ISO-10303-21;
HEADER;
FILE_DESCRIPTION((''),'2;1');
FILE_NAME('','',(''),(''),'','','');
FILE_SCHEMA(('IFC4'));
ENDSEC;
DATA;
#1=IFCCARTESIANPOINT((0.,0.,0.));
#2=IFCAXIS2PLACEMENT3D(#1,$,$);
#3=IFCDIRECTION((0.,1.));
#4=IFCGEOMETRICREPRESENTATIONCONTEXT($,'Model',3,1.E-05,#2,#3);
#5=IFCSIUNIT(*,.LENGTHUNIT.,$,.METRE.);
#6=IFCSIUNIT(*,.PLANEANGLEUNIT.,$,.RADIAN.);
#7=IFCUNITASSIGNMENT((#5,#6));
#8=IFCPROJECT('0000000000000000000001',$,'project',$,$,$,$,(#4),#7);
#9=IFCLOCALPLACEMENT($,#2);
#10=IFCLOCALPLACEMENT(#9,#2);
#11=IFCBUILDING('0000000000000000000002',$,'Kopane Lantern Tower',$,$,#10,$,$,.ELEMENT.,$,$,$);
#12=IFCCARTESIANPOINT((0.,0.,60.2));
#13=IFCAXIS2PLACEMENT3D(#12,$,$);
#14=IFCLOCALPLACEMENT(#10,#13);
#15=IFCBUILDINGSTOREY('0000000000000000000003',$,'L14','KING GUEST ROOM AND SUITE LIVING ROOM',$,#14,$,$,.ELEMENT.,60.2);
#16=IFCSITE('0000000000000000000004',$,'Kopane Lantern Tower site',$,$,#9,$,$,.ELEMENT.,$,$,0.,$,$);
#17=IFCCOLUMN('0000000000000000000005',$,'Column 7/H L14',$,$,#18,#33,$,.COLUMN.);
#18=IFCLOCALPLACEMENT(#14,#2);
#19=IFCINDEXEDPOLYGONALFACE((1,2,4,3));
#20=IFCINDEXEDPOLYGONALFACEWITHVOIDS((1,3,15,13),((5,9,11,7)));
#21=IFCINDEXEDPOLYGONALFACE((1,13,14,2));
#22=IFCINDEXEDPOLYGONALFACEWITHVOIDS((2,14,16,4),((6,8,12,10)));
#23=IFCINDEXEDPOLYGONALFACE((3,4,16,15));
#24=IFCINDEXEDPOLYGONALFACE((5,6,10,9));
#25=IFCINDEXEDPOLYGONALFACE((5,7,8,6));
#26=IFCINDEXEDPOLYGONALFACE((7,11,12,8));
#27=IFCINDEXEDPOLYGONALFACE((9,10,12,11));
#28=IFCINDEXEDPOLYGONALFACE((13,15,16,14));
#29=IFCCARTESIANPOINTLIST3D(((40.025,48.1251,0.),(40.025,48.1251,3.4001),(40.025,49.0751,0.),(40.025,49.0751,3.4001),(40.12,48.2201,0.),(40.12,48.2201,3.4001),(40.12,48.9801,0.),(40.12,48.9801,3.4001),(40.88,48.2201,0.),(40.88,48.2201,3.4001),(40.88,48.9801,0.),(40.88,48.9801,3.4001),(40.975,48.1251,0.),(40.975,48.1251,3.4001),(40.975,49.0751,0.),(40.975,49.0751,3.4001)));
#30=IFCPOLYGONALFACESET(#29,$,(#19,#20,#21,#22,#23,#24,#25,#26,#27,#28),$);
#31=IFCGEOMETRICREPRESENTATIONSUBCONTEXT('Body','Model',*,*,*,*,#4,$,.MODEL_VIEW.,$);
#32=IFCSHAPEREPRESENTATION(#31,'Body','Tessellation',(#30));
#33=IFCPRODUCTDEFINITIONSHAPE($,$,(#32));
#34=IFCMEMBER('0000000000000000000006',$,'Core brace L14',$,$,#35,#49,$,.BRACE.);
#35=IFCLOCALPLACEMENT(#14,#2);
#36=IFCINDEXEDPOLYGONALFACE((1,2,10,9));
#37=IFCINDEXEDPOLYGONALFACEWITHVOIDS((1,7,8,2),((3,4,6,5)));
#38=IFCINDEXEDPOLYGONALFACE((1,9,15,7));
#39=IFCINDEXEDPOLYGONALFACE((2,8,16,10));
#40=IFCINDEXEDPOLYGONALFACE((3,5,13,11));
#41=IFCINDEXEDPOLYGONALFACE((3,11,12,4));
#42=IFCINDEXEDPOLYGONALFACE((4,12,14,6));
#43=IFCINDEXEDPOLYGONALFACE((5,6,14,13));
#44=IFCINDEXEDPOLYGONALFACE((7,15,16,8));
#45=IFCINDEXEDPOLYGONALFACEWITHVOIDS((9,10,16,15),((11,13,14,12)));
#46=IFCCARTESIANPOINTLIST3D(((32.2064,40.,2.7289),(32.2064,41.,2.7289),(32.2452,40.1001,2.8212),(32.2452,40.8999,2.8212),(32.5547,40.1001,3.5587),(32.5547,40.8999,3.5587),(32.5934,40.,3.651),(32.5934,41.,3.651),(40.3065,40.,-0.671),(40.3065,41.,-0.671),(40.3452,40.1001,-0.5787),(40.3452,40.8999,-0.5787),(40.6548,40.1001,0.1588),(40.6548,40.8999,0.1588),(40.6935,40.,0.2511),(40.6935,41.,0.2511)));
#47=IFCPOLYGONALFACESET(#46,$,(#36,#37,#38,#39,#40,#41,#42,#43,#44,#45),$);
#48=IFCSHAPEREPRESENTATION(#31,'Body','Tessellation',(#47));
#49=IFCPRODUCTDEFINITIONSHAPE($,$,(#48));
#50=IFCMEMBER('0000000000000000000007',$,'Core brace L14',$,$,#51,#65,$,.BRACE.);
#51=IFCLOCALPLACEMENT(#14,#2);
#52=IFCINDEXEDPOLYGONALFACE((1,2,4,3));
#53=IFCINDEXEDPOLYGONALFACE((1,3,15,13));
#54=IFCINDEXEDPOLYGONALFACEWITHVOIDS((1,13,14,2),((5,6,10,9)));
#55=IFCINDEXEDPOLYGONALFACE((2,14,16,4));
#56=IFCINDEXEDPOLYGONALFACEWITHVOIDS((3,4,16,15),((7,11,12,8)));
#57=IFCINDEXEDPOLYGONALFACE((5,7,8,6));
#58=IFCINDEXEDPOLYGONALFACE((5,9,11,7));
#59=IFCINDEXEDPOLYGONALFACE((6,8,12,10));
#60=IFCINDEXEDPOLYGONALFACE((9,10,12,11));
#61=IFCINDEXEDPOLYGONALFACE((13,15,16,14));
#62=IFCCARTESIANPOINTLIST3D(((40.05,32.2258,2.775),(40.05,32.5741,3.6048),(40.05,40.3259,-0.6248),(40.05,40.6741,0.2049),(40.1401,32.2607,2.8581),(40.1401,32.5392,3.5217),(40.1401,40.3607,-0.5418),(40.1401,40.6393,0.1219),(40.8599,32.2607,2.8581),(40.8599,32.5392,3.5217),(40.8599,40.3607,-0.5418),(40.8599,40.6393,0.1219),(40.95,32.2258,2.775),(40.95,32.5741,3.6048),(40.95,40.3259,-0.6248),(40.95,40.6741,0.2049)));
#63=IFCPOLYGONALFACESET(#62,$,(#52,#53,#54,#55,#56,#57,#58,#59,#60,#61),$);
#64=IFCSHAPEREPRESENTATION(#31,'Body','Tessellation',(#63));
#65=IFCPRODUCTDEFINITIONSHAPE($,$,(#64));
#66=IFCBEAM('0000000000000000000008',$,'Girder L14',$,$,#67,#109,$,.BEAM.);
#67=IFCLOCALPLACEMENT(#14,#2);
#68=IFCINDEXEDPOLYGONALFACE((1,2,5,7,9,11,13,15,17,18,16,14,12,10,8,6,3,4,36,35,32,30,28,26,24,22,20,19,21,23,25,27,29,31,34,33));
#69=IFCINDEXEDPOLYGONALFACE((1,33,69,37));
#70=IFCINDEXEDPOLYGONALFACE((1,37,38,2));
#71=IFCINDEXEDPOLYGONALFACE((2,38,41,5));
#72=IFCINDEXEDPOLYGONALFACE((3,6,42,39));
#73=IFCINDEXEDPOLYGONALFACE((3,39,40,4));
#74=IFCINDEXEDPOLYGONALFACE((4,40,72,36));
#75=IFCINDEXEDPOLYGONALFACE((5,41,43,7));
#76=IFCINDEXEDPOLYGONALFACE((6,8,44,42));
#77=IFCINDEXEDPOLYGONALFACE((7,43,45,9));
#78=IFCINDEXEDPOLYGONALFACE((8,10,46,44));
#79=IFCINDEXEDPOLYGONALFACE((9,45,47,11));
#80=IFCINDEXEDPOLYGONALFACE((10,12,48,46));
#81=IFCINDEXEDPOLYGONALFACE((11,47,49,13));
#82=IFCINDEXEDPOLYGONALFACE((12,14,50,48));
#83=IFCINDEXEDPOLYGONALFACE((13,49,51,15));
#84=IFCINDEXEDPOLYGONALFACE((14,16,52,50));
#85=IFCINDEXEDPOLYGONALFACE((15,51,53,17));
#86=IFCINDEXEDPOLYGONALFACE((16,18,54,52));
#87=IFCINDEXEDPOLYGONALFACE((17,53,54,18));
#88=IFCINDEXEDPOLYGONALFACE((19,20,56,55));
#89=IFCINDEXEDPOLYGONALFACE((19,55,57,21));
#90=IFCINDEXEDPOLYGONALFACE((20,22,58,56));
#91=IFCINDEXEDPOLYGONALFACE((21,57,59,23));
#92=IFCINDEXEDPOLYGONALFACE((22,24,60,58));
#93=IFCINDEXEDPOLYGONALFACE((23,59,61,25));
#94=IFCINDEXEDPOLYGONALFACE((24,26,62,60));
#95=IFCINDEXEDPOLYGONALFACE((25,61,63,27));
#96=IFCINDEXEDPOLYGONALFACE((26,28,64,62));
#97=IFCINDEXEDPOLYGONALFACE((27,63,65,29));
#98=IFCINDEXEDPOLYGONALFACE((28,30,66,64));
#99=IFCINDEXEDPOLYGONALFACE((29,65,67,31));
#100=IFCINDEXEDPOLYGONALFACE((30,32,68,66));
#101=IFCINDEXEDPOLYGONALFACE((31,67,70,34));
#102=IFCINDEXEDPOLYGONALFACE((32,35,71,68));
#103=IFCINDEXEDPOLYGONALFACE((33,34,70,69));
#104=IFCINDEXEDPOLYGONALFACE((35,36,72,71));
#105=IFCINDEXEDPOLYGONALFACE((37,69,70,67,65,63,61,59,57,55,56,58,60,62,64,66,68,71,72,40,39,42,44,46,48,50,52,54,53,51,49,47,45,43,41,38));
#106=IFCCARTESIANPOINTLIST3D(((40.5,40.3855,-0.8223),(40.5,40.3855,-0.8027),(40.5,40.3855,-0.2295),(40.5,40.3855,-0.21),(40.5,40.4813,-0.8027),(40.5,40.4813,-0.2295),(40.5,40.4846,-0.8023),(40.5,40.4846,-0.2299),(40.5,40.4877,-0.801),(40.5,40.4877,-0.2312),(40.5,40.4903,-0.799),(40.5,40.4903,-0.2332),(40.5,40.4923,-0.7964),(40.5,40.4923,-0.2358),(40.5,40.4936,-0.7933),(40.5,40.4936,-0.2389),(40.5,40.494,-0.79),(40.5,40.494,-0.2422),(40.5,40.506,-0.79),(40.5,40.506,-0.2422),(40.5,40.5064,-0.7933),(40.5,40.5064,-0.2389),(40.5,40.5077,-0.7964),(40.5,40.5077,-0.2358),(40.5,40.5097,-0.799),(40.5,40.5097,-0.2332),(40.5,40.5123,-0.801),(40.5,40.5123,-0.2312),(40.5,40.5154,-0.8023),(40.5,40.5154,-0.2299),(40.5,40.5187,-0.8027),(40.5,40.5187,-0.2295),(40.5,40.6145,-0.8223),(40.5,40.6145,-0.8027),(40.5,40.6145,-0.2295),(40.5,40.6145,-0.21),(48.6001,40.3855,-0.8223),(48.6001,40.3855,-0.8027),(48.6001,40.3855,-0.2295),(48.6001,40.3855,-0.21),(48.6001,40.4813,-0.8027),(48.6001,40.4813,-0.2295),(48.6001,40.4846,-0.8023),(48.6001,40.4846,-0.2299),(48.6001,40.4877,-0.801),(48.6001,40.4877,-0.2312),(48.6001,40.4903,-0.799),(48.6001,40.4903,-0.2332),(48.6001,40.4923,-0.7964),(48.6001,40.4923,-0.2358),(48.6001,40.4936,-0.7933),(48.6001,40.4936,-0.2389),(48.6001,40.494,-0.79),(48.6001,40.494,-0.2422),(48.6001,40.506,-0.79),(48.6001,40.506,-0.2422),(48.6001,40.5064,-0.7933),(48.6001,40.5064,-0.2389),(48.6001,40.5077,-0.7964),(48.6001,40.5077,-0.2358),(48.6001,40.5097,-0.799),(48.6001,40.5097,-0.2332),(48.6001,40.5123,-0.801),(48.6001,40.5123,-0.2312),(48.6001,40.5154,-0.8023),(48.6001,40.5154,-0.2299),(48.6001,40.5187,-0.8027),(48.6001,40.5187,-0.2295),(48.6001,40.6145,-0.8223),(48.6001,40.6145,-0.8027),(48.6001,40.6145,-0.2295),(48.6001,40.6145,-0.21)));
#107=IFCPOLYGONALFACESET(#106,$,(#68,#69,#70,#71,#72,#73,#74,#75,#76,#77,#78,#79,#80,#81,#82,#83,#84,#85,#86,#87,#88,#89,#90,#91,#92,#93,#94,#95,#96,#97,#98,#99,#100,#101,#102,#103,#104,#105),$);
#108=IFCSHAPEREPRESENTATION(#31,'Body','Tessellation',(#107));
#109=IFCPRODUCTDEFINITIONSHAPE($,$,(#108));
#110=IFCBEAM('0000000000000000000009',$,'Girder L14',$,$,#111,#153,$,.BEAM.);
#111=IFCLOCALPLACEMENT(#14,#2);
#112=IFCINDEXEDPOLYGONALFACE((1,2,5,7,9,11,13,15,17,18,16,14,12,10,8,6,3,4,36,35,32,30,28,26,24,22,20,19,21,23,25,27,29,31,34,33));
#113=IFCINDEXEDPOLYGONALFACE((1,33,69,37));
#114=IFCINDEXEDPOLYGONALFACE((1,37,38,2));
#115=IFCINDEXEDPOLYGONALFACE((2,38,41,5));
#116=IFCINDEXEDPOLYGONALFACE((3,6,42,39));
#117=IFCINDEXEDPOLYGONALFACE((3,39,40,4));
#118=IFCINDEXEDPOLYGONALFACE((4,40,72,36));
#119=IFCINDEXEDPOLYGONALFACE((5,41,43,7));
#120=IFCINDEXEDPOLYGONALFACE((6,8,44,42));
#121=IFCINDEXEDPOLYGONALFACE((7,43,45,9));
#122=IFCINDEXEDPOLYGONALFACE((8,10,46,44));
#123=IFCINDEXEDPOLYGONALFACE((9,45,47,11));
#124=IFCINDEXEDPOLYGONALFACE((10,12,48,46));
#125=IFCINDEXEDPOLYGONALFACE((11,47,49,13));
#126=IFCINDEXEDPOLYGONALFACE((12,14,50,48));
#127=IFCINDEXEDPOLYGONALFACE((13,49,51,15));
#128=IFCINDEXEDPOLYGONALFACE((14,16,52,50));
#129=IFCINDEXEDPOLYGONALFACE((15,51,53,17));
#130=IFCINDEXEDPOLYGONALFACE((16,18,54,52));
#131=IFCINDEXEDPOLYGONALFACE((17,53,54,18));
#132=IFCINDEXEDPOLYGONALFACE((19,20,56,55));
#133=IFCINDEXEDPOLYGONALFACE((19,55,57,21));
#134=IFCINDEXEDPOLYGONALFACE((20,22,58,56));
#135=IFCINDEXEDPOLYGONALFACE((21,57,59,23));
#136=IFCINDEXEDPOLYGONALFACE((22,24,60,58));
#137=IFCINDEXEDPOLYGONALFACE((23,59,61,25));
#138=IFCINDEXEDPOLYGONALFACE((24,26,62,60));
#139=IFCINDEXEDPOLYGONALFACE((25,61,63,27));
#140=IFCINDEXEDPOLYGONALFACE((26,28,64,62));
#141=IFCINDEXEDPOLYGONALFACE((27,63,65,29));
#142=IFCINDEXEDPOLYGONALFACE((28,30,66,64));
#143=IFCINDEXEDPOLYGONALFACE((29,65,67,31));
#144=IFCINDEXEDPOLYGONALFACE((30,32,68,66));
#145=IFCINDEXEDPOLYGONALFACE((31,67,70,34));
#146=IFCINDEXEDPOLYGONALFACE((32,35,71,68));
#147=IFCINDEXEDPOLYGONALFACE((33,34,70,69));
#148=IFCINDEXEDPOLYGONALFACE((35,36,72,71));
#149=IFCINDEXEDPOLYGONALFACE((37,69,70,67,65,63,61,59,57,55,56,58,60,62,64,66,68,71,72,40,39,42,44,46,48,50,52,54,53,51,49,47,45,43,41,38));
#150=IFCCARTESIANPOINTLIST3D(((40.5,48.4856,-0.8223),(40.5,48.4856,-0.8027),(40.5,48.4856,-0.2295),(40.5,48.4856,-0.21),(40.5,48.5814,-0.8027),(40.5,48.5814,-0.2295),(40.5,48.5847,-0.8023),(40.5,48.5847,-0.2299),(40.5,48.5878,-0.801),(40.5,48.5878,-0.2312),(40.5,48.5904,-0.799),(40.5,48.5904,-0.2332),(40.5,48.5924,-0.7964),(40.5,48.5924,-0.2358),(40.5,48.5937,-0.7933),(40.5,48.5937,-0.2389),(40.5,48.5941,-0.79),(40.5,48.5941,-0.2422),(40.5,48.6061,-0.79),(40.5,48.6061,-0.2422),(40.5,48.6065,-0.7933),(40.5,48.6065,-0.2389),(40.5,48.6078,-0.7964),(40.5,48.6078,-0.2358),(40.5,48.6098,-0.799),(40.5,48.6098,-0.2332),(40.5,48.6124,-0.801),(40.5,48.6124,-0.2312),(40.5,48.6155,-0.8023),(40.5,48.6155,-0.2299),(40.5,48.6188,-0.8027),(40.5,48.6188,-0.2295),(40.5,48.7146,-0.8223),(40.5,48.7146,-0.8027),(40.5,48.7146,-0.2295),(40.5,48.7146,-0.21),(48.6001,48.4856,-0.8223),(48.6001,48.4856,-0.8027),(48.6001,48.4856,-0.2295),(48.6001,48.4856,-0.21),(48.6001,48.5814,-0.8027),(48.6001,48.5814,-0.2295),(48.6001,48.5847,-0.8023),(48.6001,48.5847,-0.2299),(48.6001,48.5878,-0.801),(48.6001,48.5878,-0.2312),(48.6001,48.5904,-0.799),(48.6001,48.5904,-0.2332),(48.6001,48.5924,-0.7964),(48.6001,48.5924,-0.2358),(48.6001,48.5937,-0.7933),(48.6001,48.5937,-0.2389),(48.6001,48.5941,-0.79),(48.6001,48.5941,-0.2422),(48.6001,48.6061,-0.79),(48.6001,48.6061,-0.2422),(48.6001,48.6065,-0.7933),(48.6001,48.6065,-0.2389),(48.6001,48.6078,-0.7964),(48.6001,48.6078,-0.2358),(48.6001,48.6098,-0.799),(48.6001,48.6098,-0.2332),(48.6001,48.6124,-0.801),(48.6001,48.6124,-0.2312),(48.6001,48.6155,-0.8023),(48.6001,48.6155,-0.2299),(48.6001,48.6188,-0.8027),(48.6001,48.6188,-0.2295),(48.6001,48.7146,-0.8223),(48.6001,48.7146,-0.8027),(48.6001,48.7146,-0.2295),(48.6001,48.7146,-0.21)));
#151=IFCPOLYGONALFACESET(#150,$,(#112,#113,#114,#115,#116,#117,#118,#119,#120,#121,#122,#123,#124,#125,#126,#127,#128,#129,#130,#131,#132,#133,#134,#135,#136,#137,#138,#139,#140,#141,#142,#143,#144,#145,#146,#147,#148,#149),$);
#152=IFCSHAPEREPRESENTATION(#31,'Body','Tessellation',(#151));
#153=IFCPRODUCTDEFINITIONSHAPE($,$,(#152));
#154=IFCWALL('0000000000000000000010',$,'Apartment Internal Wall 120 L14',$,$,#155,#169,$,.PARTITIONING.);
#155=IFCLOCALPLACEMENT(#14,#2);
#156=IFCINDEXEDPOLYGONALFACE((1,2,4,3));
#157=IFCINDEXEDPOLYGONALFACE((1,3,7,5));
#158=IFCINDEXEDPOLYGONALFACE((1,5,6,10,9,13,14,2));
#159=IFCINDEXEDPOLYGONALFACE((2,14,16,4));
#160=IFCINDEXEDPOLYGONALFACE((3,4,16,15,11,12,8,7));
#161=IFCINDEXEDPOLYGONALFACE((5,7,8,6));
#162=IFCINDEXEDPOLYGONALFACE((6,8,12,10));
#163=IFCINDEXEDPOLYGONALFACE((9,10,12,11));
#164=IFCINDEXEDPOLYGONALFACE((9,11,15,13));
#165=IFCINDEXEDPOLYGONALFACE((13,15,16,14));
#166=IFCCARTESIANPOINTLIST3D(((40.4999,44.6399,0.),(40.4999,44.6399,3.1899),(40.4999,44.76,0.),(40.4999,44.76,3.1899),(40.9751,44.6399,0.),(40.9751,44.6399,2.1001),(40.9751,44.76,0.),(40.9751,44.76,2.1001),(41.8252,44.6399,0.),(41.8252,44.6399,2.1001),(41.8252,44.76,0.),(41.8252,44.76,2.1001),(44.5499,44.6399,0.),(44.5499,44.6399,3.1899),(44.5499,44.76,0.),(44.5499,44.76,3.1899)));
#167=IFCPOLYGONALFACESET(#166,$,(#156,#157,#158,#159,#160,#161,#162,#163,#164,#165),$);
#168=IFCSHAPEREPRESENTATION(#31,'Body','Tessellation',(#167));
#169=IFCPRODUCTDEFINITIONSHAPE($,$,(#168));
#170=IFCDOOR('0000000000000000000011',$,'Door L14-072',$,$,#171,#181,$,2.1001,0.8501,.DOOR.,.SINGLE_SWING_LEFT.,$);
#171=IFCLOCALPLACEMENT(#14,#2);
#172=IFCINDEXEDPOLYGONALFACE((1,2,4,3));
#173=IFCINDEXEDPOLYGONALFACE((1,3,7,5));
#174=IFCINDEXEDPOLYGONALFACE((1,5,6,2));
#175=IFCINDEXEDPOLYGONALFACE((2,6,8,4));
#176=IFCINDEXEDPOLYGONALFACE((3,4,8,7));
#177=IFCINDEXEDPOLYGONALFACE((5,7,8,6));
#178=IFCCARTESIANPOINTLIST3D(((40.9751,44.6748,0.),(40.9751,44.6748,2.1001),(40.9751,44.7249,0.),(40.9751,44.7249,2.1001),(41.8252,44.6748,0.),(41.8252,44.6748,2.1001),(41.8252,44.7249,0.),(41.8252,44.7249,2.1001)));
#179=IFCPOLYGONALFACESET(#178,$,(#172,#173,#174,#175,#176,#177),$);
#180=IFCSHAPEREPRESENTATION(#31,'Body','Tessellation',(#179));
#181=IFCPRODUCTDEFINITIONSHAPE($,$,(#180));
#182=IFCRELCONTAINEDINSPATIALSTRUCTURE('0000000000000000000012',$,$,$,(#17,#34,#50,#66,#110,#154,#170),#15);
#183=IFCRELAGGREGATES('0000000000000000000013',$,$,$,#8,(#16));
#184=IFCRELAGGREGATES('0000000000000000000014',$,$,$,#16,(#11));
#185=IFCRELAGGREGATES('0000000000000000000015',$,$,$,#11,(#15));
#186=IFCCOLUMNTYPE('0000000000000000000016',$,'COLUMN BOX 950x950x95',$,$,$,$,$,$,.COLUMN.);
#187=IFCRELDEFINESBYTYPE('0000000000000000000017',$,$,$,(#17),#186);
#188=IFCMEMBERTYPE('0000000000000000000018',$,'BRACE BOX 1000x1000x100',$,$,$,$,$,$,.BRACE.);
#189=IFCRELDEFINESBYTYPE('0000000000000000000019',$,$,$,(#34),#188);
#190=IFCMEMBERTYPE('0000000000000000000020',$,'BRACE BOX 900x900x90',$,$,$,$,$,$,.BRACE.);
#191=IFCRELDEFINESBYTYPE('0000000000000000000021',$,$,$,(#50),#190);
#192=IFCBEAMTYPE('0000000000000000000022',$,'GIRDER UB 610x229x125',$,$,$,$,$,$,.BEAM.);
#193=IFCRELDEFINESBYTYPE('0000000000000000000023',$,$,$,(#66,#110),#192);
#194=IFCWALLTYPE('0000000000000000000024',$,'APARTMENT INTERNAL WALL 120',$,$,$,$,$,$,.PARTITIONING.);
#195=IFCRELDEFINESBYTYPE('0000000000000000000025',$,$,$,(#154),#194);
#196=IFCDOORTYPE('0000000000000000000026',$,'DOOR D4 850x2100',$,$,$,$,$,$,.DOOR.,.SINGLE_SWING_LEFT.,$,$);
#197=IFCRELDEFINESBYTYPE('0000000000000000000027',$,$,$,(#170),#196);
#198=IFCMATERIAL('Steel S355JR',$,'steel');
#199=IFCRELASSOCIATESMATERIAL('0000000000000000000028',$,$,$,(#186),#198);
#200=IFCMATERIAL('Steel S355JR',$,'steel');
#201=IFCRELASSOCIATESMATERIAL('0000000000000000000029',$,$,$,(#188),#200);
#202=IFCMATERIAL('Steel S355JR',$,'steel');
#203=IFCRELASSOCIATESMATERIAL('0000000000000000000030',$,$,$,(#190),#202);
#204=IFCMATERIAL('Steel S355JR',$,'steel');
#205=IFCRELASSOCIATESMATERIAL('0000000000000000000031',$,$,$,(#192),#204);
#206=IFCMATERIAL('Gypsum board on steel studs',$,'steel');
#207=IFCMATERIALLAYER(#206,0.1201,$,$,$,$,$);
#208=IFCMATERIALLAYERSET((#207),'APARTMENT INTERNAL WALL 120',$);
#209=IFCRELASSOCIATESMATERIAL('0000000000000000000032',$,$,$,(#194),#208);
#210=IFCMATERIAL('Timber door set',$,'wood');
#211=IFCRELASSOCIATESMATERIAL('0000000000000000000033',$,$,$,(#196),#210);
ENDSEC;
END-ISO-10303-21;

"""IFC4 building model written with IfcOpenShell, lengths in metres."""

from ifc_helpers import new_model, si_unit, direction, frame, frame_2d, origin, origin_2d, place, context, subcontext, project, spatial, rectangle, hollow_rectangle, i_section, extrude, material, layer, layer_set, material_profile, profile_set, type_object, element, fill, save


model = new_model("IFC4")

# Units and contexts
model_context = context("Model", 3, precision=1e-05, world=origin(), true_north=direction((0.0, 1.0)))
body_context = subcontext(model_context, "Body", "Model", "MODEL_VIEW")
ifc_project = project(units=[si_unit("LENGTHUNIT", "METRE"), si_unit("PLANEANGLEUNIT", "RADIAN")], contexts=[model_context])

# Site, building, storey
site_placement = place(None, origin())
site = spatial("IfcSite", under=ifc_project, at=site_placement, Name="Kopane Lantern Tower site", CompositionType="ELEMENT", RefElevation=0.0)
building_placement = place(site_placement, origin())
building = spatial("IfcBuilding", under=site, at=building_placement, Name="Kopane Lantern Tower", CompositionType="ELEMENT")
storey_placement = place(building_placement, frame((0.0, 0.0, 60.2)))
storey = spatial("IfcBuildingStorey", under=building, at=storey_placement, Name="L14", Description="KING GUEST ROOM AND SUITE LIVING ROOM", CompositionType="ELEMENT", Elevation=60.2)

# Column
ifc_material_1 = material(Name="Steel S355JR", Category="steel")
ifc_material_profile_1 = material_profile(ifc_material_1, hollow_rectangle(XDim=0.95, YDim=0.95, WallThickness=0.095, at=origin_2d()), Name="BOX 950x950x95")
ifc_profile_set_1 = profile_set([ifc_material_profile_1], Name="Steel S355JR")
column_type = type_object("IfcColumnType", Name="COLUMN BOX 950x950x95", PredefinedType="COLUMN", material=ifc_profile_set_1)
column_placement = place(storey_placement, frame((40.5, 48.6001, 0.0), z_axis=(0.0, 0.0, 1.0), x_axis=(1.0, 0.0, 0.0)))
element("IfcColumn", 1, at=column_placement, inside=storey, type_object=column_type, Name="Column 7/H L14", PredefinedType="COLUMN", context=body_context, shape_type="SweptSolid", body=[
    extrude(hollow_rectangle(XDim=0.95, YDim=0.95, WallThickness=0.095, at=origin_2d()), origin(), (0.0, 0.0, 1.0), 3.4001),
])

# Members
ifc_material_2 = material(Name="Steel S355JR", Category="steel")
ifc_material_profile_2 = material_profile(ifc_material_2, hollow_rectangle(XDim=1.0, YDim=1.0, WallThickness=0.1001, at=origin_2d()), Name="BOX 1000x1000x100")
ifc_profile_set_2 = profile_set([ifc_material_profile_2], Name="Steel S355JR")
member_type_1 = type_object("IfcMemberType", Name="BRACE BOX 1000x1000x100", PredefinedType="BRACE", material=ifc_profile_set_2)
member_1_placement = place(storey_placement, frame((40.5, 40.5, -0.21), z_axis=(-0.922069, 0.0, 0.387026), x_axis=(0.0, -1.0, 0.0)))
element("IfcMember", 2, at=member_1_placement, inside=storey, type_object=member_type_1, Name="Core brace L14", PredefinedType="BRACE", context=body_context, shape_type="SweptSolid", body=[
    extrude(hollow_rectangle(XDim=1.0, YDim=1.0, WallThickness=0.1001, at=origin_2d()), origin(), (0.0, 0.0, 1.0), 8.7847),
])
ifc_material_3 = material(Name="Steel S355JR", Category="steel")
ifc_material_profile_3 = material_profile(ifc_material_3, hollow_rectangle(XDim=0.8999, YDim=0.8999, WallThickness=0.0901, at=origin_2d()), Name="BOX 900x900x90")
ifc_profile_set_3 = profile_set([ifc_material_profile_3], Name="Steel S355JR")
member_type_2 = type_object("IfcMemberType", Name="BRACE BOX 900x900x90", PredefinedType="BRACE", material=ifc_profile_set_3)
member_2_placement = place(storey_placement, frame((40.5, 40.5, -0.21), z_axis=(0.0, -0.922069, 0.387026), x_axis=(1.0, 0.0, 0.0)))
element("IfcMember", 3, at=member_2_placement, inside=storey, type_object=member_type_2, Name="Core brace L14", PredefinedType="BRACE", context=body_context, shape_type="SweptSolid", body=[
    extrude(hollow_rectangle(XDim=0.8999, YDim=0.8999, WallThickness=0.0901, at=origin_2d()), origin(), (0.0, 0.0, 1.0), 8.7847),
])

# Beams
ifc_material_4 = material(Name="Steel S355JR", Category="steel")
ifc_material_profile_4 = material_profile(ifc_material_4, i_section(OverallWidth=0.229, OverallDepth=0.6123, WebThickness=0.012, FlangeThickness=0.0195, FilletRadius=0.0127, at=origin_2d()), Name="UB 610x229x125")
ifc_profile_set_4 = profile_set([ifc_material_profile_4], Name="Steel S355JR")
beam_type = type_object("IfcBeamType", Name="GIRDER UB 610x229x125", PredefinedType="BEAM", material=ifc_profile_set_4)
for number, where, z_axis, x_axis, name in (
    (4, (40.5, 40.5, -0.5161), (1.0, 0.0, 0.0), (0.0, 1.0, 0.0), "Girder L14"),
    (5, (40.5, 48.6001, -0.5161), (1.0, 0.0, 0.0), (0.0, 1.0, 0.0), "Girder L14"),
):
    element("IfcBeam", number, at=place(storey_placement, frame(where, z_axis=z_axis, x_axis=x_axis)), inside=storey, type_object=beam_type, Name=name, PredefinedType="BEAM", context=body_context, shape_type="SweptSolid", body=[
        extrude(i_section(OverallWidth=0.229, OverallDepth=0.6123, WebThickness=0.012, FlangeThickness=0.0195, FilletRadius=0.0127, at=origin_2d()), origin(), (0.0, 0.0, 1.0), 8.1001),
    ])

# Wall, opening, door
ifc_material_5 = material(Name="Gypsum board on steel studs", Category="steel")
ifc_layer_1 = layer(ifc_material_5, 0.1201)
ifc_layer_set_1 = layer_set([ifc_layer_1], Name="APARTMENT INTERNAL WALL 120")
wall_type_1 = type_object("IfcWallType", Name="APARTMENT INTERNAL WALL 120", PredefinedType="PARTITIONING", material=ifc_layer_set_1)
wall_1_placement = place(storey_placement, frame((40.5, 44.7, 0.0), z_axis=(0.0, 0.0, 1.0), x_axis=(1.0, 0.0, 0.0)))
wall_1 = element("IfcWall", 6, at=wall_1_placement, inside=storey, type_object=wall_type_1, Name="Apartment Internal Wall 120 L14", PredefinedType="PARTITIONING", context=body_context, shape_type="SweptSolid", body=[
    extrude(rectangle(XDim=4.05, YDim=0.1201, at=frame_2d((2.0249, 0.0))), origin(), (0.0, 0.0, 1.0), 3.1899),
])
opening_1_placement = place(wall_1_placement, frame((0.4751, 0.0, 0.0)))
opening_1 = element("IfcOpeningElement", 7, at=opening_1_placement, cuts=wall_1, PredefinedType="OPENING", context=body_context, shape_type="SweptSolid", body=[
    extrude(rectangle(XDim=0.8501, YDim=2.1001, at=frame_2d((0.425, 1.05))), frame((0.0, 0.0701, 0.0), z_axis=(0.0, -1.0, 0.0), x_axis=(1.0, 0.0, 0.0)), (0.0, 0.0, 1.0), 0.1401),
])
ifc_material_6 = material(Name="Timber door set", Category="wood")
door_type_1 = type_object("IfcDoorType", Name="DOOR D4 850x2100", OperationType="SINGLE_SWING_LEFT", PredefinedType="DOOR", material=ifc_material_6)
door_1_placement = place(opening_1_placement, origin())
door_1 = element("IfcDoor", 8, at=door_1_placement, inside=storey, type_object=door_type_1, Name="Door L14-072", OperationType="SINGLE_SWING_LEFT", OverallHeight=2.1001, OverallWidth=0.8501, PredefinedType="DOOR", context=body_context, shape_type="SweptSolid", body=[
    extrude(rectangle(XDim=0.8501, YDim=2.1001, at=frame_2d((0.425, 1.05))), frame((0.0, 0.0249, 0.0), z_axis=(0.0, -1.0, 0.0), x_axis=(1.0, 0.0, 0.0)), (0.0, 0.0, 1.0), 0.05),
])
fill(opening_1, door_1)

save(model, "model.ifc")
